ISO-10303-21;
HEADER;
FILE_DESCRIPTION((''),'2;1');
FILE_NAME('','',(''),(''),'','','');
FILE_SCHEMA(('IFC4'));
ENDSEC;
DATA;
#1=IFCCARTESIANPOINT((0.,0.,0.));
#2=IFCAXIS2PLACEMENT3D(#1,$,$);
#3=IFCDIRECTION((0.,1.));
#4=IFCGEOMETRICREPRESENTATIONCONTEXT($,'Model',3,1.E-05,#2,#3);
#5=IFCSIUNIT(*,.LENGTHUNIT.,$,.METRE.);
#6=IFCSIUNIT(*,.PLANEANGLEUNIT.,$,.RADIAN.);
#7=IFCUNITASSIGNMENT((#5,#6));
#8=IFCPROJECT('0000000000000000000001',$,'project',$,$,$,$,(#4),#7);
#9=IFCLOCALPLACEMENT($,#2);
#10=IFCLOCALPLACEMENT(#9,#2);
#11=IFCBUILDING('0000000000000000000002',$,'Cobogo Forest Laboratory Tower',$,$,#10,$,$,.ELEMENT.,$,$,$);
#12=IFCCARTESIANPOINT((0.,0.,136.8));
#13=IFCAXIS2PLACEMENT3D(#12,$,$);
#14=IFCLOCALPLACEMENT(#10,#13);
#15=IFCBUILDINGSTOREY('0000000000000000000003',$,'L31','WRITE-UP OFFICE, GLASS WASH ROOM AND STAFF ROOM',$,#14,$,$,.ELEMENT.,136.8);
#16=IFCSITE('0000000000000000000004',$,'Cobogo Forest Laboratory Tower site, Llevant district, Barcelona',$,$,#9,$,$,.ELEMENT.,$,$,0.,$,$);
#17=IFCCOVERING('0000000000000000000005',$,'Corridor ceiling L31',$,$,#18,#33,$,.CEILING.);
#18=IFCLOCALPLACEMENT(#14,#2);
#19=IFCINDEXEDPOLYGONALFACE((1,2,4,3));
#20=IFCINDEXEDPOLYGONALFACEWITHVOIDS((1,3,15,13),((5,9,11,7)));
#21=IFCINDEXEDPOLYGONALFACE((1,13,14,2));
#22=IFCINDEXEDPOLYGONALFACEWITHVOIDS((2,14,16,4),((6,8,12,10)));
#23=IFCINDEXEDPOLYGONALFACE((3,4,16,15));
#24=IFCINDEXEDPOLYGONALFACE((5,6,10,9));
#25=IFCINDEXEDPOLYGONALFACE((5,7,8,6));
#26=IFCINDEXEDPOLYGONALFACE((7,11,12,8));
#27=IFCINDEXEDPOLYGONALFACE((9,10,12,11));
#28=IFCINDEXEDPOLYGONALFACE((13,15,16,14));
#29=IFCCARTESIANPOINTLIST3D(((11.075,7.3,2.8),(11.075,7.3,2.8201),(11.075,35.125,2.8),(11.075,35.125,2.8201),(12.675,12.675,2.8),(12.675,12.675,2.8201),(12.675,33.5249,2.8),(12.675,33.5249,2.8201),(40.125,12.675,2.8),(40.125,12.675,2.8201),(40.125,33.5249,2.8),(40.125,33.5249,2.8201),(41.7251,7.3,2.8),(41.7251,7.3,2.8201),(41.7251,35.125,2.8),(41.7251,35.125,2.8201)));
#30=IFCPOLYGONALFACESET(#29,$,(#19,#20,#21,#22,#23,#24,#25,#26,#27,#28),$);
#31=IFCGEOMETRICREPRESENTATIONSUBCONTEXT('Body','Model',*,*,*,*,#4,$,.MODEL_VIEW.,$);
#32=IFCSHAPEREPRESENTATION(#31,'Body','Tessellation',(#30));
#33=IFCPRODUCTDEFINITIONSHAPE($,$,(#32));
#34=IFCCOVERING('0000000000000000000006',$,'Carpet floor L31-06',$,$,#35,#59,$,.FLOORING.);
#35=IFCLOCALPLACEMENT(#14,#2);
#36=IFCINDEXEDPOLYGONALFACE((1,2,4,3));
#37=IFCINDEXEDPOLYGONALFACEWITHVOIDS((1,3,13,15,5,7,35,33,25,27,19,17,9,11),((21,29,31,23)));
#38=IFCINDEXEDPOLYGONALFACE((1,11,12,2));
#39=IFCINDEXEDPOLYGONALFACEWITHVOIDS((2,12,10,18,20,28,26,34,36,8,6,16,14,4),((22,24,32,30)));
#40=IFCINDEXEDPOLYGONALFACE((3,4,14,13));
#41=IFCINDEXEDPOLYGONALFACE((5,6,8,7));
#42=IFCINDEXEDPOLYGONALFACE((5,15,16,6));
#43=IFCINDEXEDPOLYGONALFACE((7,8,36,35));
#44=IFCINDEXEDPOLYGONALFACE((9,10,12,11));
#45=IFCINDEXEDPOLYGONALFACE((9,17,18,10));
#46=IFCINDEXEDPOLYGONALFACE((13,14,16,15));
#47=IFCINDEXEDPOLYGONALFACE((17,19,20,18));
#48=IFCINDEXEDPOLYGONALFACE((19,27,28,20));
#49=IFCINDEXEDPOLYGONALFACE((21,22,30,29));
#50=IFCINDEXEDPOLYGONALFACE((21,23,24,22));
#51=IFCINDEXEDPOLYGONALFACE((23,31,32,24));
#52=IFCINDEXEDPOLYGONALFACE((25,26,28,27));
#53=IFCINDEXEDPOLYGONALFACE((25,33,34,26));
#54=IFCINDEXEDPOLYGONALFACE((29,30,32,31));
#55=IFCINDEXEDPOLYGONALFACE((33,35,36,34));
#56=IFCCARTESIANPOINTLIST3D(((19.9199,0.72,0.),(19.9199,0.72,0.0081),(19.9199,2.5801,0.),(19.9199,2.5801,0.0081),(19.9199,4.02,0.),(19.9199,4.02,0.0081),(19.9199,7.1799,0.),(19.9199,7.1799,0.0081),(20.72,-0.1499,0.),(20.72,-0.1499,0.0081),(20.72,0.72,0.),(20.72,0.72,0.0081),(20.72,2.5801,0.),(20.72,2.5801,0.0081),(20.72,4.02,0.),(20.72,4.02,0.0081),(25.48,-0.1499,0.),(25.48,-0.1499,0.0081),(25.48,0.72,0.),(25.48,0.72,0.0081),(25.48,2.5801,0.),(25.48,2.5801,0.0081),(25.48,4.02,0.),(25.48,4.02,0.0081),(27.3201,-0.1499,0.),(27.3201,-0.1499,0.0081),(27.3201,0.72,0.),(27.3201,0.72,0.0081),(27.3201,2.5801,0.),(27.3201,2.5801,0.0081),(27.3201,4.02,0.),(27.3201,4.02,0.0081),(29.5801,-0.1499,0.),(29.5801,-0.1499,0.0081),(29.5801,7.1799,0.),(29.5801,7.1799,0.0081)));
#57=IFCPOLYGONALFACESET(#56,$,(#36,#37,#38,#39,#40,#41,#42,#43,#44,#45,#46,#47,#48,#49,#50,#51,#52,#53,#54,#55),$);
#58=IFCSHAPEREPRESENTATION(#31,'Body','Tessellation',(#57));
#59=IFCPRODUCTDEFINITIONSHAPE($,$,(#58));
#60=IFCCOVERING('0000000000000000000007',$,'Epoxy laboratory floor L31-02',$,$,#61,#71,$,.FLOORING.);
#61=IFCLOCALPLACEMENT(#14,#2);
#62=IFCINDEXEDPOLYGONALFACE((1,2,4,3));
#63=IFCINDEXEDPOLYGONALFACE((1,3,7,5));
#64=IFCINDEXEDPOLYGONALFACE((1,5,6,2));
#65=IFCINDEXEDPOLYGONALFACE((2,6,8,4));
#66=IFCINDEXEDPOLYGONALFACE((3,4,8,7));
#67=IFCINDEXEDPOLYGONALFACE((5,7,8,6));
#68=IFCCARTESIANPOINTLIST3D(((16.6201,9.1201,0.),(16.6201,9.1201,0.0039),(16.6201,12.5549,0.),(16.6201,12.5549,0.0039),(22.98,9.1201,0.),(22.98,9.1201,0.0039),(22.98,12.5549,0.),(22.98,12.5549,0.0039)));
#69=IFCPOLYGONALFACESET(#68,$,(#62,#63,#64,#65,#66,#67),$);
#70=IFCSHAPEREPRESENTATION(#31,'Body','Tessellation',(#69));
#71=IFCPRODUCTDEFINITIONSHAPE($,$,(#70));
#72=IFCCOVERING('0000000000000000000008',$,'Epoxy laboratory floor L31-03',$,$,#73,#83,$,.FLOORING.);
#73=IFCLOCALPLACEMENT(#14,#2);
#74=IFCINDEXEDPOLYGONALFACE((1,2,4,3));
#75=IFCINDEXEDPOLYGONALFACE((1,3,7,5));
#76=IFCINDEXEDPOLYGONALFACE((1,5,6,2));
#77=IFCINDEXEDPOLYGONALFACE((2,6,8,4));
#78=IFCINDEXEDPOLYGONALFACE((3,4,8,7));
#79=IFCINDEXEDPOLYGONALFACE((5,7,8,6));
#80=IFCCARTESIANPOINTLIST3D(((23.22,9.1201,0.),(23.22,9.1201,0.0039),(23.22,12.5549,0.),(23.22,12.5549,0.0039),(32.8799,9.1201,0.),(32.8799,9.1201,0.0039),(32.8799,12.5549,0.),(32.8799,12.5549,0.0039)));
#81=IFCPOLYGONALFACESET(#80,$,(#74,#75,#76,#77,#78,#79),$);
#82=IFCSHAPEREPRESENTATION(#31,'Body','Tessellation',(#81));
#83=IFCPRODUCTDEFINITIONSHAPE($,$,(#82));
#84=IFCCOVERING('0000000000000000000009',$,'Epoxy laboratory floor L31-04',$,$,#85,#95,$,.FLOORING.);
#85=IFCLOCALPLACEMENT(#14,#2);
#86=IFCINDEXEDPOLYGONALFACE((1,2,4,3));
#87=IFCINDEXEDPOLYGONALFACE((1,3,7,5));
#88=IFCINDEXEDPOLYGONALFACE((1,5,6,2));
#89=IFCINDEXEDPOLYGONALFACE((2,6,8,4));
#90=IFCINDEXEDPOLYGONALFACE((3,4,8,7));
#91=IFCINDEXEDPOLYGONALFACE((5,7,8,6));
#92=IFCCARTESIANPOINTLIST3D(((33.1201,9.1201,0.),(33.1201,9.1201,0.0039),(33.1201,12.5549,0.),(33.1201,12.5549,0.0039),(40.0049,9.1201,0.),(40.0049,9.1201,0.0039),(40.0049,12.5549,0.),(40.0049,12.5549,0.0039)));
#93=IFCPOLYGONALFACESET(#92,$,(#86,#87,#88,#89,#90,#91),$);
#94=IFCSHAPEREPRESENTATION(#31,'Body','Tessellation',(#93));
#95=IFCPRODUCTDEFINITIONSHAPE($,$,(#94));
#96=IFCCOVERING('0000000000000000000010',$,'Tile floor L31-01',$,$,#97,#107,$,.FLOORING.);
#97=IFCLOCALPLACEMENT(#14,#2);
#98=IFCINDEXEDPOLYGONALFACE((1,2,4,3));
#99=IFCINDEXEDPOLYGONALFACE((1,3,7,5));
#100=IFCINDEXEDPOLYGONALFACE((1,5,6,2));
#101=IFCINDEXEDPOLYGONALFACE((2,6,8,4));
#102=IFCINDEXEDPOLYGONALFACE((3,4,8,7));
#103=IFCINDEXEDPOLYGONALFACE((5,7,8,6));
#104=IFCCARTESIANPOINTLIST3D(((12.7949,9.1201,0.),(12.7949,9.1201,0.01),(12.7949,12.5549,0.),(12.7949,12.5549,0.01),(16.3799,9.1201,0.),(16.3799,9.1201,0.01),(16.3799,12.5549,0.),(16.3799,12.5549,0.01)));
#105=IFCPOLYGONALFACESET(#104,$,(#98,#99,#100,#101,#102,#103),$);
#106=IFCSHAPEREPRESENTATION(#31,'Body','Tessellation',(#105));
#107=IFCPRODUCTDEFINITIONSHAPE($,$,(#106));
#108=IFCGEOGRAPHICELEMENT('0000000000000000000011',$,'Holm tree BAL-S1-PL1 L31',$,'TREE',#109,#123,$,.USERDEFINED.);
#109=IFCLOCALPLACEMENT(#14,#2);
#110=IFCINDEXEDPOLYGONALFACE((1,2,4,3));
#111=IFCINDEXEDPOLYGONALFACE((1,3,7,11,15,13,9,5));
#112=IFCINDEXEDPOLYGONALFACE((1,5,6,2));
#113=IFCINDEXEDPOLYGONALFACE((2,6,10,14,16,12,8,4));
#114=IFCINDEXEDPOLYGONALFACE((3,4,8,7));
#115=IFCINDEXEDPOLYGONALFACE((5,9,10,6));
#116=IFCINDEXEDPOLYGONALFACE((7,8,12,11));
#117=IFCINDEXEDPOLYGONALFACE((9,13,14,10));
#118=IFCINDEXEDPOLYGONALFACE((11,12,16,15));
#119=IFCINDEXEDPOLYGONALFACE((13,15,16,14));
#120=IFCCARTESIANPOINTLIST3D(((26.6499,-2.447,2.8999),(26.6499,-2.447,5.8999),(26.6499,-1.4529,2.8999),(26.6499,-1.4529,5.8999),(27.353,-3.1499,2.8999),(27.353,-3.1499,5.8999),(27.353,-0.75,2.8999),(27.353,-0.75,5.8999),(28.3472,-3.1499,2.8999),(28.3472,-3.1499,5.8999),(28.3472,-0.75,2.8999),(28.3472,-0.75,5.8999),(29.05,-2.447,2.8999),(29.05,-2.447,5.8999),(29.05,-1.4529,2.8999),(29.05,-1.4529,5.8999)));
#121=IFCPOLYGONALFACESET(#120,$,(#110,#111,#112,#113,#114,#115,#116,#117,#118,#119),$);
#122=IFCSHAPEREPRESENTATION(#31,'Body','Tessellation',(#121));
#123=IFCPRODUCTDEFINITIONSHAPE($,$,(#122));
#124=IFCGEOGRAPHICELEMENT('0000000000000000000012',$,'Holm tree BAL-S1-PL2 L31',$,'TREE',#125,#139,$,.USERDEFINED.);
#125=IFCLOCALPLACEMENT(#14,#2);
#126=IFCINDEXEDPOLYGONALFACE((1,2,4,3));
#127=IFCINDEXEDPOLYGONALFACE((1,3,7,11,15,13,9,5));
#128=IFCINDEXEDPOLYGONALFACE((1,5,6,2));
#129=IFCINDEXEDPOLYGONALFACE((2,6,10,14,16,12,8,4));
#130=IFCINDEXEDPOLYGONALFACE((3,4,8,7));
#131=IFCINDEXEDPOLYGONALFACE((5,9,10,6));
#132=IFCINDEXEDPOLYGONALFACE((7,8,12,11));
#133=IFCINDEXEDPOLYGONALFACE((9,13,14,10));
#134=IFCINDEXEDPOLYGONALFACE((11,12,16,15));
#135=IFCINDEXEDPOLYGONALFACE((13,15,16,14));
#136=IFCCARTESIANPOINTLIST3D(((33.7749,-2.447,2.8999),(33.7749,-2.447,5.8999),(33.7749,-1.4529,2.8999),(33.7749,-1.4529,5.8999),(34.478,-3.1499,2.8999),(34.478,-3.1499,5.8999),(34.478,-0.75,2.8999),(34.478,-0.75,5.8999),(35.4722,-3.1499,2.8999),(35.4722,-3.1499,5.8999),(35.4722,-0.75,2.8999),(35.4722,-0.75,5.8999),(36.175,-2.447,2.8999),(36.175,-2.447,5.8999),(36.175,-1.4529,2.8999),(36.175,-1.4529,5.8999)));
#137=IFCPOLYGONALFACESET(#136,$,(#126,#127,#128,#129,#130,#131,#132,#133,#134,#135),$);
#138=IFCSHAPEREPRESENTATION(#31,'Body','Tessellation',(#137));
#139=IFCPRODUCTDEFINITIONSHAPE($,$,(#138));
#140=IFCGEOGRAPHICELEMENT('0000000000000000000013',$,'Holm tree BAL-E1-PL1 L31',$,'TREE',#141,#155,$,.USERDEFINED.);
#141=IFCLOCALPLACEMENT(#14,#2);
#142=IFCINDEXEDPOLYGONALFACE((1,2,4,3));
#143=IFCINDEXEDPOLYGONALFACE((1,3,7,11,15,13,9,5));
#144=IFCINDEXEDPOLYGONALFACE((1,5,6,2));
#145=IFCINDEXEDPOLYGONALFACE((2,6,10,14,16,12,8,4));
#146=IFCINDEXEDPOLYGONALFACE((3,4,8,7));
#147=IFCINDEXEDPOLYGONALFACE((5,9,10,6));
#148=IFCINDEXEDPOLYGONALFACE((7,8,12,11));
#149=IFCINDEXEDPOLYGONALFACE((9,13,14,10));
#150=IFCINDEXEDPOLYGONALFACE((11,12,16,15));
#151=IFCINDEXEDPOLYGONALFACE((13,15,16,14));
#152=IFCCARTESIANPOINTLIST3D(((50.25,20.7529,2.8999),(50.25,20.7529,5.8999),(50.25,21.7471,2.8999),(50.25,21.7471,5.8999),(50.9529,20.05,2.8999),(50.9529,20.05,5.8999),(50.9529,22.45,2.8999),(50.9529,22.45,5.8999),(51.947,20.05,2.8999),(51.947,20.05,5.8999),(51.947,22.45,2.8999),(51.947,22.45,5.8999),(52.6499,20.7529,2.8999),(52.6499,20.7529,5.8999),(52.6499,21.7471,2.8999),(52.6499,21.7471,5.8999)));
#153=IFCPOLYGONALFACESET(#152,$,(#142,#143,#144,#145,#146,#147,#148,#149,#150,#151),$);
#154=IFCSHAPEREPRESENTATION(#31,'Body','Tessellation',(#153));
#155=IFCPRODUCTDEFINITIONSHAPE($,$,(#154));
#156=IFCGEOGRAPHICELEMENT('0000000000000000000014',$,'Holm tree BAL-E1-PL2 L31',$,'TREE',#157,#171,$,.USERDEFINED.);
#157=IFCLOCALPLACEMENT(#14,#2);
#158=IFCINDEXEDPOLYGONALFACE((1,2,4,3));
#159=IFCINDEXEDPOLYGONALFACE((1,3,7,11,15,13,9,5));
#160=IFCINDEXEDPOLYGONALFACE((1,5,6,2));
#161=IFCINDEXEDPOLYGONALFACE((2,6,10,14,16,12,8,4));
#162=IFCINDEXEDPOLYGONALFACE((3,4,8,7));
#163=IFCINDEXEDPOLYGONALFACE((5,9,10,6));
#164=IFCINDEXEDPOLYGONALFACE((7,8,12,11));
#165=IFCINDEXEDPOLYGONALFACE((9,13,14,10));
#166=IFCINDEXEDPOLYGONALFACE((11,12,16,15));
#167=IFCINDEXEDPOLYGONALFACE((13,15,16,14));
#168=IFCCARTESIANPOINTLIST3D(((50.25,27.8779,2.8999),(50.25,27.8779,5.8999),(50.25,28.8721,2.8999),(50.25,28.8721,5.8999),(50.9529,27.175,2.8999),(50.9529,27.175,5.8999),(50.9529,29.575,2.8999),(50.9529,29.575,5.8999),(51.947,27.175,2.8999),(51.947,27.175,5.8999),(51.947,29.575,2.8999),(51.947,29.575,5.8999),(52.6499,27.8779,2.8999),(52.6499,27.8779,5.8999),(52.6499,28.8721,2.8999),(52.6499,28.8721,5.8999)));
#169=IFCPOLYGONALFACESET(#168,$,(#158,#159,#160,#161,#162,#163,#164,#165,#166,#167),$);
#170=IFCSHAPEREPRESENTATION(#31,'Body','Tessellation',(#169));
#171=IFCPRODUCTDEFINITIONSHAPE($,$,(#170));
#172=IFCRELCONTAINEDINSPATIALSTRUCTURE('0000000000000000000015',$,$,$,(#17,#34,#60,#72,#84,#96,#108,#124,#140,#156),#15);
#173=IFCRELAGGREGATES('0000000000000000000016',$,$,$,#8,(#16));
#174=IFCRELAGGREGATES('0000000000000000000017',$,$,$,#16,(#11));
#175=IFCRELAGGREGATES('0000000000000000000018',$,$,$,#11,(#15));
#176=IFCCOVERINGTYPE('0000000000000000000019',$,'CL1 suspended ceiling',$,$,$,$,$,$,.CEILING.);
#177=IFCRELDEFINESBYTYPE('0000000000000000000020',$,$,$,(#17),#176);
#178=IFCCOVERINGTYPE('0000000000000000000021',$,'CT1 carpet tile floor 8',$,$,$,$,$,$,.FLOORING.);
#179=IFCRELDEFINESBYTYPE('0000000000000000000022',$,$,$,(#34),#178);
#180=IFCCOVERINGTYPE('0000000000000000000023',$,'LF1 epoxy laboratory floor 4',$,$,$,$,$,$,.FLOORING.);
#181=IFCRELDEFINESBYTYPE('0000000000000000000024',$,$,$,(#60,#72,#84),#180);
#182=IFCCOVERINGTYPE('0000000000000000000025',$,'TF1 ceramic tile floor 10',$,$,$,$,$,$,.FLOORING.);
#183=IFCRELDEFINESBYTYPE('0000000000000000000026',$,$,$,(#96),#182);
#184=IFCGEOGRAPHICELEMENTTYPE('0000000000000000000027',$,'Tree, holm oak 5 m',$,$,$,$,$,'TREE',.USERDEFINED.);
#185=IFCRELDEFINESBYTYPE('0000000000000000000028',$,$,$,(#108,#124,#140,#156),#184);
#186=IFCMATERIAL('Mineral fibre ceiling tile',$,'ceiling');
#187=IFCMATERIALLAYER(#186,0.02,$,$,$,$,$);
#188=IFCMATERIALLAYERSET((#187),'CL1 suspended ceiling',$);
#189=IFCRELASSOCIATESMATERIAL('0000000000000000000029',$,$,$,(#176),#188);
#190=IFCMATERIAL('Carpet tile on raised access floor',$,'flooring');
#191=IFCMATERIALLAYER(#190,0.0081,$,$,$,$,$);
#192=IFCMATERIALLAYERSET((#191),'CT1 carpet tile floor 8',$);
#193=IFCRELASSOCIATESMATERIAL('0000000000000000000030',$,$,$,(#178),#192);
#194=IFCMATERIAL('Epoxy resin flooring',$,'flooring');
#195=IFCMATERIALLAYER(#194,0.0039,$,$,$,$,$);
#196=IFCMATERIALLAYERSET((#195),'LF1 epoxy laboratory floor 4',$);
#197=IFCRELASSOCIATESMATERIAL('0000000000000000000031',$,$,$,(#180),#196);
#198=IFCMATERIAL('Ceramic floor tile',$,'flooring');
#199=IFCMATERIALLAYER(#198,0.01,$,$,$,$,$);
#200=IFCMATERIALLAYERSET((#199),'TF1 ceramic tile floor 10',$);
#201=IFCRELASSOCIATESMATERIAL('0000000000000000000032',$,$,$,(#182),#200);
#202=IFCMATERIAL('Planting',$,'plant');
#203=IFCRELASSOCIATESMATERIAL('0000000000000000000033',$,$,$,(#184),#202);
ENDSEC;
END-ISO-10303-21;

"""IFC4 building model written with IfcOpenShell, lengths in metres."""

from ifc_helpers import new_model, si_unit, direction, frame, origin, place, context, subcontext, project, spatial, polyline, outline, extrude, material, layer, layer_set, type_object, element, save


model = new_model("IFC4")

# Units and contexts
model_context = context("Model", 3, precision=1e-05, world=origin(), true_north=direction((0.0, 1.0)))
body_context = subcontext(model_context, "Body", "Model", "MODEL_VIEW")
ifc_project = project(units=[si_unit("LENGTHUNIT", "METRE"), si_unit("PLANEANGLEUNIT", "RADIAN")], contexts=[model_context])

# Site, building, storey
site_placement = place(None, origin())
site = spatial("IfcSite", under=ifc_project, at=site_placement, Name="Cobogo Forest Laboratory Tower site, Llevant district, Barcelona", CompositionType="ELEMENT", RefElevation=0.0)
building_placement = place(site_placement, origin())
building = spatial("IfcBuilding", under=site, at=building_placement, Name="Cobogo Forest Laboratory Tower", CompositionType="ELEMENT")
storey_placement = place(building_placement, frame((0.0, 0.0, 136.8)))
storey = spatial("IfcBuildingStorey", under=building, at=storey_placement, Name="L31", Description="WRITE-UP OFFICE, GLASS WASH ROOM AND STAFF ROOM", CompositionType="ELEMENT", Elevation=136.8)

# Coverings
ifc_material_1 = material(Name="Mineral fibre ceiling tile", Category="ceiling")
ifc_layer_1 = layer(ifc_material_1, 0.02)
ifc_layer_set_1 = layer_set([ifc_layer_1], Name="CL1 suspended ceiling")
covering_type_1 = type_object("IfcCoveringType", Name="CL1 suspended ceiling", PredefinedType="CEILING", material=ifc_layer_set_1)
covering_1_placement = place(storey_placement, frame((0.0, 0.0, 2.8)))
element("IfcCovering", 1, at=covering_1_placement, inside=storey, type_object=covering_type_1, Name="Corridor ceiling L31", PredefinedType="CEILING", context=body_context, shape_type="SweptSolid", body=[
    extrude(outline(polyline([(11.075, 7.3), (11.075, 35.125), (41.7251, 35.125), (41.7251, 7.3), (11.075, 7.3)]), holes=[polyline([(40.125, 33.5249), (12.675, 33.5249), (12.675, 12.675), (40.125, 12.675), (40.125, 33.5249)])]), origin(), (0.0, 0.0, 1.0), 0.02),
])
ifc_material_2 = material(Name="Carpet tile on raised access floor", Category="flooring")
ifc_layer_2 = layer(ifc_material_2, 0.0081)
ifc_layer_set_2 = layer_set([ifc_layer_2], Name="CT1 carpet tile floor 8")
covering_type_2 = type_object("IfcCoveringType", Name="CT1 carpet tile floor 8", PredefinedType="FLOORING", material=ifc_layer_set_2)
covering_2_placement = place(storey_placement, origin())
element("IfcCovering", 2, at=covering_2_placement, inside=storey, type_object=covering_type_2, Name="Carpet floor L31-06", PredefinedType="FLOORING", context=body_context, shape_type="SweptSolid", body=[
    extrude(outline(polyline([(29.5801, 7.1799), (29.5801, -0.1499), (27.3201, -0.1499), (27.3201, 0.72), (25.48, 0.72), (25.48, -0.1499), (20.72, -0.1499), (20.72, 0.72), (19.9199, 0.72), (19.9199, 2.5801), (20.72, 2.5801), (20.72, 4.02), (19.9199, 4.02), (19.9199, 7.1799), (29.5801, 7.1799)]), holes=[polyline([(25.48, 4.02), (25.48, 2.5801), (27.3201, 2.5801), (27.3201, 4.02), (25.48, 4.02)])]), origin(), (0.0, 0.0, 1.0), 0.0081),
])
ifc_material_3 = material(Name="Epoxy resin flooring", Category="flooring")
ifc_layer_3 = layer(ifc_material_3, 0.0039)
ifc_layer_set_3 = layer_set([ifc_layer_3], Name="LF1 epoxy laboratory floor 4")
covering_type_3 = type_object("IfcCoveringType", Name="LF1 epoxy laboratory floor 4", PredefinedType="FLOORING", material=ifc_layer_set_3)
covering_3_placement = place(storey_placement, origin())
element("IfcCovering", 3, at=covering_3_placement, inside=storey, type_object=covering_type_3, Name="Epoxy laboratory floor L31-02", PredefinedType="FLOORING", context=body_context, shape_type="SweptSolid", body=[
    extrude(outline(polyline([(22.98, 9.1201), (16.6201, 9.1201), (16.6201, 12.5549), (22.98, 12.5549), (22.98, 9.1201)])), origin(), (0.0, 0.0, 1.0), 0.0039),
])
covering_4_placement = place(storey_placement, origin())
element("IfcCovering", 4, at=covering_4_placement, inside=storey, type_object=covering_type_3, Name="Epoxy laboratory floor L31-03", PredefinedType="FLOORING", context=body_context, shape_type="SweptSolid", body=[
    extrude(outline(polyline([(32.8799, 9.1201), (23.22, 9.1201), (23.22, 12.5549), (32.8799, 12.5549), (32.8799, 9.1201)])), origin(), (0.0, 0.0, 1.0), 0.0039),
])
covering_5_placement = place(storey_placement, origin())
element("IfcCovering", 5, at=covering_5_placement, inside=storey, type_object=covering_type_3, Name="Epoxy laboratory floor L31-04", PredefinedType="FLOORING", context=body_context, shape_type="SweptSolid", body=[
    extrude(outline(polyline([(40.0049, 9.1201), (33.1201, 9.1201), (33.1201, 12.5549), (40.0049, 12.5549), (40.0049, 9.1201)])), origin(), (0.0, 0.0, 1.0), 0.0039),
])
ifc_material_4 = material(Name="Ceramic floor tile", Category="flooring")
ifc_layer_4 = layer(ifc_material_4, 0.01)
ifc_layer_set_4 = layer_set([ifc_layer_4], Name="TF1 ceramic tile floor 10")
covering_type_4 = type_object("IfcCoveringType", Name="TF1 ceramic tile floor 10", PredefinedType="FLOORING", material=ifc_layer_set_4)
covering_6_placement = place(storey_placement, origin())
element("IfcCovering", 6, at=covering_6_placement, inside=storey, type_object=covering_type_4, Name="Tile floor L31-01", PredefinedType="FLOORING", context=body_context, shape_type="SweptSolid", body=[
    extrude(outline(polyline([(16.3799, 9.1201), (12.7949, 9.1201), (12.7949, 12.5549), (16.3799, 12.5549), (16.3799, 9.1201)])), origin(), (0.0, 0.0, 1.0), 0.01),
])

# Geographic elements
ifc_material_5 = material(Name="Planting", Category="plant")
geographic_element_type = type_object("IfcGeographicElementType", Name="Tree, holm oak 5 m", ElementType="TREE", PredefinedType="USERDEFINED", material=ifc_material_5)
geographic_element_1_placement = place(storey_placement, frame((0.0, 0.0, 2.8999)))
element("IfcGeographicElement", 7, at=geographic_element_1_placement, inside=storey, type_object=geographic_element_type, Name="Holm tree BAL-S1-PL1 L31", ObjectType="TREE", PredefinedType="USERDEFINED", context=body_context, shape_type="SweptSolid", body=[
    extrude(outline(polyline([(29.05, -2.447), (29.05, -1.4529), (28.3472, -0.75), (27.353, -0.75), (26.6499, -1.4529), (26.6499, -2.447), (27.353, -3.1499), (28.3472, -3.1499), (29.05, -2.447)])), origin(), (0.0, 0.0, 1.0), 3.0),
])
geographic_element_2_placement = place(storey_placement, frame((0.0, 0.0, 2.8999)))
element("IfcGeographicElement", 8, at=geographic_element_2_placement, inside=storey, type_object=geographic_element_type, Name="Holm tree BAL-S1-PL2 L31", ObjectType="TREE", PredefinedType="USERDEFINED", context=body_context, shape_type="SweptSolid", body=[
    extrude(outline(polyline([(36.175, -2.447), (36.175, -1.4529), (35.4722, -0.75), (34.478, -0.75), (33.7749, -1.4529), (33.7749, -2.447), (34.478, -3.1499), (35.4722, -3.1499), (36.175, -2.447)])), origin(), (0.0, 0.0, 1.0), 3.0),
])
geographic_element_3_placement = place(storey_placement, frame((0.0, 0.0, 2.8999)))
element("IfcGeographicElement", 9, at=geographic_element_3_placement, inside=storey, type_object=geographic_element_type, Name="Holm tree BAL-E1-PL1 L31", ObjectType="TREE", PredefinedType="USERDEFINED", context=body_context, shape_type="SweptSolid", body=[
    extrude(outline(polyline([(52.6499, 20.7529), (52.6499, 21.7471), (51.947, 22.45), (50.9529, 22.45), (50.25, 21.7471), (50.25, 20.7529), (50.9529, 20.05), (51.947, 20.05), (52.6499, 20.7529)])), origin(), (0.0, 0.0, 1.0), 3.0),
])
geographic_element_4_placement = place(storey_placement, frame((0.0, 0.0, 2.8999)))
element("IfcGeographicElement", 10, at=geographic_element_4_placement, inside=storey, type_object=geographic_element_type, Name="Holm tree BAL-E1-PL2 L31", ObjectType="TREE", PredefinedType="USERDEFINED", context=body_context, shape_type="SweptSolid", body=[
    extrude(outline(polyline([(52.6499, 27.8779), (52.6499, 28.8721), (51.947, 29.575), (50.9529, 29.575), (50.25, 28.8721), (50.25, 27.8779), (50.9529, 27.175), (51.947, 27.175), (52.6499, 27.8779)])), origin(), (0.0, 0.0, 1.0), 3.0),
])

save(model, "model.ifc")
